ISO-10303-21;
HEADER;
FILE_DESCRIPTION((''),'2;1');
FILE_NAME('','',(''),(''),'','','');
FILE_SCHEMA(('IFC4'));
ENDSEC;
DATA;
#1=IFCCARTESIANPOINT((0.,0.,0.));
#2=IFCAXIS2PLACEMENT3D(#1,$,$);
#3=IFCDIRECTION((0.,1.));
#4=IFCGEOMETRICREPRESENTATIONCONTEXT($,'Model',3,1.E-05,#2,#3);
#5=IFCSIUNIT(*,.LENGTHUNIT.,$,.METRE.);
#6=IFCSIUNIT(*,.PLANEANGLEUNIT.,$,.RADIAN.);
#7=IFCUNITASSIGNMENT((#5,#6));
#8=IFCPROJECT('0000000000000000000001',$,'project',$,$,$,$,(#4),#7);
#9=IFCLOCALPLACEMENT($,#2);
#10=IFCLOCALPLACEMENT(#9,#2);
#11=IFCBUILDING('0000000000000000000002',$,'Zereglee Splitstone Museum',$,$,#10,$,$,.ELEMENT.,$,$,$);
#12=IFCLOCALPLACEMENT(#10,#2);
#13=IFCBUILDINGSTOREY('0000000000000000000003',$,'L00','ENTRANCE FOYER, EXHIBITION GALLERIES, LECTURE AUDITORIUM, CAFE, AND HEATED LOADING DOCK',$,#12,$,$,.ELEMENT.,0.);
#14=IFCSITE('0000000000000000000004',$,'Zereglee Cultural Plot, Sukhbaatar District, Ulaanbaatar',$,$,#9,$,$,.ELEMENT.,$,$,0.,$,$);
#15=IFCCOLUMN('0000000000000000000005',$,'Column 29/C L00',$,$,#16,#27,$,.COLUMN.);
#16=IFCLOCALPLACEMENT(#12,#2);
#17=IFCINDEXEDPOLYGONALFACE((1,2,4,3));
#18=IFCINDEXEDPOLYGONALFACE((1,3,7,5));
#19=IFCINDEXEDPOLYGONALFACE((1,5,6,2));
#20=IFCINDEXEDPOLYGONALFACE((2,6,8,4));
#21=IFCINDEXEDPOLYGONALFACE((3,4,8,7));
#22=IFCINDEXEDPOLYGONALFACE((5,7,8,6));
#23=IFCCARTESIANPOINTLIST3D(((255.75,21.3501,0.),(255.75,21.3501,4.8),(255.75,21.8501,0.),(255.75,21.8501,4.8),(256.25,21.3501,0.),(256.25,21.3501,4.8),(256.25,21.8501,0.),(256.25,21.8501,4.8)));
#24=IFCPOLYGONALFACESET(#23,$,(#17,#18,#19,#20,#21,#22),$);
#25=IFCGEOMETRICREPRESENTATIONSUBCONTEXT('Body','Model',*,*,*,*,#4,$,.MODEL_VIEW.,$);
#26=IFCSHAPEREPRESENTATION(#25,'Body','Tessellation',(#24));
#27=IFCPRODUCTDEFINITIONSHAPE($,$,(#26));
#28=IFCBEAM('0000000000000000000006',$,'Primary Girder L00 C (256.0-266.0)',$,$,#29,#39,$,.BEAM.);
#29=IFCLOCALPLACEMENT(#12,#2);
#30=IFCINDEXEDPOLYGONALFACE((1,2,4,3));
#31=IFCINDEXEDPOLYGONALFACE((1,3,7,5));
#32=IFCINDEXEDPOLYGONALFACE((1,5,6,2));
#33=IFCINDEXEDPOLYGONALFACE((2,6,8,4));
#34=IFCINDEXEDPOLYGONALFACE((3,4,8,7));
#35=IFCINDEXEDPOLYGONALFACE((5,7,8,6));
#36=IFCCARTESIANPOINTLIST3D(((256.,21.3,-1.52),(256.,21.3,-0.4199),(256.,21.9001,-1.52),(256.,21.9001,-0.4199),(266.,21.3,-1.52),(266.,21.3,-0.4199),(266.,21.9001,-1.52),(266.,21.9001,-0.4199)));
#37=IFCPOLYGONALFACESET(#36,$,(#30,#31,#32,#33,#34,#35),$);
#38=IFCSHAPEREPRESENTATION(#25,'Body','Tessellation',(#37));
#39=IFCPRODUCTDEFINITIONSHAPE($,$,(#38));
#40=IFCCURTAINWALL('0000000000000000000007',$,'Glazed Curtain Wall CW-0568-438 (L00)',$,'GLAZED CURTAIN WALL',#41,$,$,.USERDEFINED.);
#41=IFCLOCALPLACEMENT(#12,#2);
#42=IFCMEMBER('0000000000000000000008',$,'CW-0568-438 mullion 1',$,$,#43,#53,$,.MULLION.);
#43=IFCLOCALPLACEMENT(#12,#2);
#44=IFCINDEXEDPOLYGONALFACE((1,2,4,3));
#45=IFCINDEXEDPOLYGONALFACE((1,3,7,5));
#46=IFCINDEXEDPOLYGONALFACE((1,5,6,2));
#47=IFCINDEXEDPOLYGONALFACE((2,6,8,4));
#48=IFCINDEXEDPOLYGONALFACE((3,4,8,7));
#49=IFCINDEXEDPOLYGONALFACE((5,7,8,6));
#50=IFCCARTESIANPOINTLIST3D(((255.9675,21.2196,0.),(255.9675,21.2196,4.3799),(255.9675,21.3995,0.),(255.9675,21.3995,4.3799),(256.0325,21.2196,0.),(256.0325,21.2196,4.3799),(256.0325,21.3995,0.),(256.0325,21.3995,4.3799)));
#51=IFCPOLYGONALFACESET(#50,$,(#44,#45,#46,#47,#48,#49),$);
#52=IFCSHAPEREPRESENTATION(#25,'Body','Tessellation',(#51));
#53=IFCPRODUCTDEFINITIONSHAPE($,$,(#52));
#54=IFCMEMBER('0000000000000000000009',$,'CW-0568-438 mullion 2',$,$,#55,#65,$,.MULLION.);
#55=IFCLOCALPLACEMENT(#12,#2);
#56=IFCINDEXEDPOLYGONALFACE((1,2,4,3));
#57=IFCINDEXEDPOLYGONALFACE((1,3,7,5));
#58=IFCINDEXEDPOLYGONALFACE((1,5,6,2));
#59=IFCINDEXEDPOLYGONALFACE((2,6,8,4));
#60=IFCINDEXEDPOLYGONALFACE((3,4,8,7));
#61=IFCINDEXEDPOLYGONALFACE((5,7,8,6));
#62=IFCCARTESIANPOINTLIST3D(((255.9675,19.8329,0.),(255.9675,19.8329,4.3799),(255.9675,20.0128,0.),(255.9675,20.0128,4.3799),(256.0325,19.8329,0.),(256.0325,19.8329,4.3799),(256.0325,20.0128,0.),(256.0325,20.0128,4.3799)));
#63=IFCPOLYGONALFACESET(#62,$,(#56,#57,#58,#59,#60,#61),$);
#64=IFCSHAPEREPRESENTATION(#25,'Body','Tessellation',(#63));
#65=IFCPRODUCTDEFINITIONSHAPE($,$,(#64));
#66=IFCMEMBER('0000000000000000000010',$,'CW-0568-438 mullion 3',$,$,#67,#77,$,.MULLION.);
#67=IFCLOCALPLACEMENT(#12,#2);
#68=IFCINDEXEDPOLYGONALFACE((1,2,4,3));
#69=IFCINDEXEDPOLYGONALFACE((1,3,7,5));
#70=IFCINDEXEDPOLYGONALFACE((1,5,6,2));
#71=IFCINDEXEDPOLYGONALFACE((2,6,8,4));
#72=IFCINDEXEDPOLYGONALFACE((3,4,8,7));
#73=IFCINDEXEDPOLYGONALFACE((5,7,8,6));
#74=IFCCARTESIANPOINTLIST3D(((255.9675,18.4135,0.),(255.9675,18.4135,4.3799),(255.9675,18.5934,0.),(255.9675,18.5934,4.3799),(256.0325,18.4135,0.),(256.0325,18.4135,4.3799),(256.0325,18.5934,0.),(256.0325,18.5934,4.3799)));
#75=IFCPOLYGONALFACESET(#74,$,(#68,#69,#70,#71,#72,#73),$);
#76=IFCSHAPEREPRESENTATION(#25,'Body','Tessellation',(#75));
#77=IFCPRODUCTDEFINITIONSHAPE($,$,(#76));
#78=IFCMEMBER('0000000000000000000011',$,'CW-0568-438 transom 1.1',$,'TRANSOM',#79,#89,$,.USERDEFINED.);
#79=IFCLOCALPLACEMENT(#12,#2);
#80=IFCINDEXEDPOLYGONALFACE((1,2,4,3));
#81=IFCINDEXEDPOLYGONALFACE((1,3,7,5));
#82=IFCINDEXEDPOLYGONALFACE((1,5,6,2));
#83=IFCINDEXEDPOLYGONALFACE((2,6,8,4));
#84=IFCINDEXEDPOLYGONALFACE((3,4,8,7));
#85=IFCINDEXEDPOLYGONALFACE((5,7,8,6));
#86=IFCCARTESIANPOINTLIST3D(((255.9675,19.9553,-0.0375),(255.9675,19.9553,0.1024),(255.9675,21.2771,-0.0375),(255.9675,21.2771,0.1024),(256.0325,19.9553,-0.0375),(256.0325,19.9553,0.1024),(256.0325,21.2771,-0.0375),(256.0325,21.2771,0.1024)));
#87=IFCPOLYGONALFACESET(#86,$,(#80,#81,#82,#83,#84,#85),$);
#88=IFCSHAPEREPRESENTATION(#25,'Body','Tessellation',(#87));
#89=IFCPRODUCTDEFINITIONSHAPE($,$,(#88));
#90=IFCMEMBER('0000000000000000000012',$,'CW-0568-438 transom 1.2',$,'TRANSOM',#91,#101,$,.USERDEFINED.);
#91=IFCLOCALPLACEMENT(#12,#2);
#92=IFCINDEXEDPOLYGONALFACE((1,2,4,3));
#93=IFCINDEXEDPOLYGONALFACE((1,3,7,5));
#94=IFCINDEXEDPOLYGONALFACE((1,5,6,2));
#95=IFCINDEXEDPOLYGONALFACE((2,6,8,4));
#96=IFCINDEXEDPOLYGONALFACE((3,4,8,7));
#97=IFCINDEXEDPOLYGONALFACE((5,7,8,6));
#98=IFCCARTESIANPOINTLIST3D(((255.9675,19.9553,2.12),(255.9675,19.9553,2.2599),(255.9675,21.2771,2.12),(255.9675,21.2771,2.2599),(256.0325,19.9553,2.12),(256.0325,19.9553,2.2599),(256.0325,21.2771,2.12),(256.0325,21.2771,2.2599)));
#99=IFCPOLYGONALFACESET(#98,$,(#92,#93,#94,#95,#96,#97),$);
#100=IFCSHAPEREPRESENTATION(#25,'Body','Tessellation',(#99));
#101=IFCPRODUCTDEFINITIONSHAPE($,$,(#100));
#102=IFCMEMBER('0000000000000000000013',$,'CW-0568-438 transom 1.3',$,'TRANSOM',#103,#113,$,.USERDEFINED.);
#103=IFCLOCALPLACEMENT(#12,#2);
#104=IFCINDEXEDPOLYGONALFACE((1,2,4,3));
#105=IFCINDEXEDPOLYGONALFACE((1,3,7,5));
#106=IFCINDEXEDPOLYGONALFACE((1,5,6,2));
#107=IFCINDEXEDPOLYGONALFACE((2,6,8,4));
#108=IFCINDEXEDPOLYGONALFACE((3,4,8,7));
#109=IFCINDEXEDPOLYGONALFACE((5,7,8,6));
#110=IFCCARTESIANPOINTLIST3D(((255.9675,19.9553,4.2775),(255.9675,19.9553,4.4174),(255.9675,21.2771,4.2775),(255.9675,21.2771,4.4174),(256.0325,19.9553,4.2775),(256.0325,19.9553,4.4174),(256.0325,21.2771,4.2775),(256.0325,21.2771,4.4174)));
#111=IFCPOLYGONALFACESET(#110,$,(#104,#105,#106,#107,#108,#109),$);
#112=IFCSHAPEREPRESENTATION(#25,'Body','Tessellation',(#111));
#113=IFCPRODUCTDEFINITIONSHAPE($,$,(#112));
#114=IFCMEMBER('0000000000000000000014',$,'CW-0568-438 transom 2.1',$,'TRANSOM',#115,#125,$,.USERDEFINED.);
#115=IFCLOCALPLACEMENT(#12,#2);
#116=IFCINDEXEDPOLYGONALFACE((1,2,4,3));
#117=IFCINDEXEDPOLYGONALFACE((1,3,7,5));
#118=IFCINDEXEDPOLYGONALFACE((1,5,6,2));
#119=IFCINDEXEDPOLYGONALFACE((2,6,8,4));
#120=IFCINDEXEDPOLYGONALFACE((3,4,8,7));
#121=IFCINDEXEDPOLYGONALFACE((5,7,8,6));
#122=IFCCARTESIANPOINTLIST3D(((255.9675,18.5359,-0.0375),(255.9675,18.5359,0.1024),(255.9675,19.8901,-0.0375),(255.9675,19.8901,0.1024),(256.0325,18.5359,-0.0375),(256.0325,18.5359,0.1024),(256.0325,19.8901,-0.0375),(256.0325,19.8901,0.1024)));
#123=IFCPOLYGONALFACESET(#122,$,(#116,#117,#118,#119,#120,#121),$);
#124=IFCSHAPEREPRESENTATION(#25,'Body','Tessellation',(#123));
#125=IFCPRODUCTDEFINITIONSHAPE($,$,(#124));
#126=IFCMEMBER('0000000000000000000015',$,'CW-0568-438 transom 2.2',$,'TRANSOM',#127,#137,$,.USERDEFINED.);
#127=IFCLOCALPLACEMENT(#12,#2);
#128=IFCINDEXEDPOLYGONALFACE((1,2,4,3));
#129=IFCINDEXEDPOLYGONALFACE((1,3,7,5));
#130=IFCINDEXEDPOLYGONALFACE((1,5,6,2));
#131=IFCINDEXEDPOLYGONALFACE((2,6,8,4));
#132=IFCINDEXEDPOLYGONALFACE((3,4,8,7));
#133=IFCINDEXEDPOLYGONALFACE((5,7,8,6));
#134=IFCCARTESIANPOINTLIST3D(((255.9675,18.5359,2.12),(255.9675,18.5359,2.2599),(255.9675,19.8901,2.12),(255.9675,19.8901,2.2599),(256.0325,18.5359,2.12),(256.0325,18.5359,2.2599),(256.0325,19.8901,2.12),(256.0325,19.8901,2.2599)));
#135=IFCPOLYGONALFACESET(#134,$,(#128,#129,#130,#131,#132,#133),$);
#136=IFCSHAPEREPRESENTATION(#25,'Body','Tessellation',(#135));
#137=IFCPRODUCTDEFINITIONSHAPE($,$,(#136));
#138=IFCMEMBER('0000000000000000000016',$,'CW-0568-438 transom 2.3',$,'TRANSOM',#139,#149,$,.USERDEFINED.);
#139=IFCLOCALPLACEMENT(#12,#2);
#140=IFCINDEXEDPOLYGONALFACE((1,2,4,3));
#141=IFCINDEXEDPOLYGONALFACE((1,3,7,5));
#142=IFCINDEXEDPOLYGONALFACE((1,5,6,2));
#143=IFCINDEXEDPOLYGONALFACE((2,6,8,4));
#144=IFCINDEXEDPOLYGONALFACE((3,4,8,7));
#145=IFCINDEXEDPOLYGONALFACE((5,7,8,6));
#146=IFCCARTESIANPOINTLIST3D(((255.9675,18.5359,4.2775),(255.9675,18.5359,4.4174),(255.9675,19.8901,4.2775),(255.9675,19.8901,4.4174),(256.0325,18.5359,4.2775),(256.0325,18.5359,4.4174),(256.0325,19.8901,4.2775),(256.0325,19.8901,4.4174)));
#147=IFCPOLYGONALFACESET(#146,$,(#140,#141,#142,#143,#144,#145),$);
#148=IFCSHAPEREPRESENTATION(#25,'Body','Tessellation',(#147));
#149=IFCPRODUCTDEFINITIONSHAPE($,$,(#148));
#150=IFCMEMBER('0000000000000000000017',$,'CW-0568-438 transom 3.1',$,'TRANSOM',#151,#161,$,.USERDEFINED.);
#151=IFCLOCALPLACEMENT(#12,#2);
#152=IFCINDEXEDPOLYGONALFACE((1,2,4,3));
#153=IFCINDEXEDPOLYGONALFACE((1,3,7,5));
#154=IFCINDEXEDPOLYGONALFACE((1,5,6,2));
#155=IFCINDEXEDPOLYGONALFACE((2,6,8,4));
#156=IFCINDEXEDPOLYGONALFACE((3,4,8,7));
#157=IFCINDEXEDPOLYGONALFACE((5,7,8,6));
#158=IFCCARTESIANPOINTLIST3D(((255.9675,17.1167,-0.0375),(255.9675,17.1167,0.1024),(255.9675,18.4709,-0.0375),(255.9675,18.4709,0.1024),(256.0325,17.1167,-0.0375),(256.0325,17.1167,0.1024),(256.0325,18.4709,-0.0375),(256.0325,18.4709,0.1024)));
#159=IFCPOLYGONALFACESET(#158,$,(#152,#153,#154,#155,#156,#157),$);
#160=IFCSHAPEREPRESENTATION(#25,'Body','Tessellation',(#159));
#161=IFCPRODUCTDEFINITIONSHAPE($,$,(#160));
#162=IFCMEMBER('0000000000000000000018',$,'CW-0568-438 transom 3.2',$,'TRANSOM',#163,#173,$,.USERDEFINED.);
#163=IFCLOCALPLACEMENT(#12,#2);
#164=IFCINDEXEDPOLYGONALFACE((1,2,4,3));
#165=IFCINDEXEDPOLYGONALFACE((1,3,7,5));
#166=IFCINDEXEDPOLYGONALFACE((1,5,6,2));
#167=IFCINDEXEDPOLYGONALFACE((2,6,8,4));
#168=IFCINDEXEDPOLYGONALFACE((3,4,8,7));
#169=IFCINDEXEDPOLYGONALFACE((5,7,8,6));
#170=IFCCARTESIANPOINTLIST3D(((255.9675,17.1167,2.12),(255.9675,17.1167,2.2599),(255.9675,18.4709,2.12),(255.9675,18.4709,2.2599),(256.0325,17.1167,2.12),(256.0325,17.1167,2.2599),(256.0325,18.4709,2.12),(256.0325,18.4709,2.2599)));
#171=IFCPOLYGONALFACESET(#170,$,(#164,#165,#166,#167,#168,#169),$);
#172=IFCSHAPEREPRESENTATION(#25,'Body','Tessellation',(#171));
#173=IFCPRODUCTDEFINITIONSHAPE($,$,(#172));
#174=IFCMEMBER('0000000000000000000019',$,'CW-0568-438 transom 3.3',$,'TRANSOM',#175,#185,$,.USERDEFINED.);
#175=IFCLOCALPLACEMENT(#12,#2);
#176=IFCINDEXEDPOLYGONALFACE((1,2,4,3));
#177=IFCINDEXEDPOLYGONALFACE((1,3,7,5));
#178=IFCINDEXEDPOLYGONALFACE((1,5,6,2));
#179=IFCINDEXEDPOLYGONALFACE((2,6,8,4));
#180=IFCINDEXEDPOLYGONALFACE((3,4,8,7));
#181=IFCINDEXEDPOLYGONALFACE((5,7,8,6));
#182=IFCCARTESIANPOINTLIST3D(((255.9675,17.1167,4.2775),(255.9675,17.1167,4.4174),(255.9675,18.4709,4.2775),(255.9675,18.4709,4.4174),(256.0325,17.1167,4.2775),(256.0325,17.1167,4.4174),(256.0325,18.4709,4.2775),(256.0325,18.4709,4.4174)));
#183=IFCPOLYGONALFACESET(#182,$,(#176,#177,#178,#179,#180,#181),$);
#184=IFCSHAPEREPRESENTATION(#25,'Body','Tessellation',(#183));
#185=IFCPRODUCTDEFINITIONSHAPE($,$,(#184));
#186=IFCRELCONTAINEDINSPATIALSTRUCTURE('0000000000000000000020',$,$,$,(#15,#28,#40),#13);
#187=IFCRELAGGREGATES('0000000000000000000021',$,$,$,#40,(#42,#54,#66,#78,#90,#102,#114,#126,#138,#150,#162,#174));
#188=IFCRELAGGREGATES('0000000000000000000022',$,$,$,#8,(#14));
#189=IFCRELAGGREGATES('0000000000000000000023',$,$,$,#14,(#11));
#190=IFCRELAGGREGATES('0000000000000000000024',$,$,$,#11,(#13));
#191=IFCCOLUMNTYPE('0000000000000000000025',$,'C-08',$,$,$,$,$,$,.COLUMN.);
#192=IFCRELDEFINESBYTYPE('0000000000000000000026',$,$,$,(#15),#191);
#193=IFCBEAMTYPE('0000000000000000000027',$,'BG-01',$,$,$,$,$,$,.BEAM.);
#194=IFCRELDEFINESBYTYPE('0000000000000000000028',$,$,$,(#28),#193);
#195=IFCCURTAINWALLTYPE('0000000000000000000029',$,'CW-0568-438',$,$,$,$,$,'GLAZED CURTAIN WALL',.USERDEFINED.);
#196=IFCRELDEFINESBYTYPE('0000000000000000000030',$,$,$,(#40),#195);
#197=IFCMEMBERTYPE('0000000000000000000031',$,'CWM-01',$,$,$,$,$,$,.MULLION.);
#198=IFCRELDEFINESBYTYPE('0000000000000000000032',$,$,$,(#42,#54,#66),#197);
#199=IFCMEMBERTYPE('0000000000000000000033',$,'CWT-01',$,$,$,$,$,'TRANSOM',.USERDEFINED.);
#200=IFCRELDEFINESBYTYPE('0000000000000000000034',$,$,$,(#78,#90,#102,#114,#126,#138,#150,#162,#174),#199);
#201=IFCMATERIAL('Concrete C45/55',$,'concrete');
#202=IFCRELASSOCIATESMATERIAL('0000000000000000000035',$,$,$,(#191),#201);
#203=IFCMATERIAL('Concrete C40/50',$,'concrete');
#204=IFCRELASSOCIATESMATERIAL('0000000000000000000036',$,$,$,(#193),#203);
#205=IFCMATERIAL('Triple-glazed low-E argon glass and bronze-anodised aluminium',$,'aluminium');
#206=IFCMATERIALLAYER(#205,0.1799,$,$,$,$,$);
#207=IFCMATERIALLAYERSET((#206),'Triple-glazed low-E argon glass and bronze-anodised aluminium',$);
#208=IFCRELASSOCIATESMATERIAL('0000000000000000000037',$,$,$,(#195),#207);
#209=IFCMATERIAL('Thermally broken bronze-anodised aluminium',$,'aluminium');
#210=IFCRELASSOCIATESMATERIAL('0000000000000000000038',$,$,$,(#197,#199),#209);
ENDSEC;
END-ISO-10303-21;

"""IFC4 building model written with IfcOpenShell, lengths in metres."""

from ifc_helpers import new_model, si_unit, direction, frame, origin, origin_2d, place, context, subcontext, project, spatial, rectangle, extrude, material, layer, layer_set, material_profile, profile_set, type_object, element, aggregate, save


model = new_model("IFC4")

# Units and contexts
model_context = context("Model", 3, precision=1e-05, world=origin(), true_north=direction((0.0, 1.0)))
body_context = subcontext(model_context, "Body", "Model", "MODEL_VIEW")
ifc_project = project(units=[si_unit("LENGTHUNIT", "METRE"), si_unit("PLANEANGLEUNIT", "RADIAN")], contexts=[model_context])

# Site, building, storey
site_placement = place(None, origin())
site = spatial("IfcSite", under=ifc_project, at=site_placement, Name="Zereglee Cultural Plot, Sukhbaatar District, Ulaanbaatar", CompositionType="ELEMENT", RefElevation=0.0)
building_placement = place(site_placement, origin())
building = spatial("IfcBuilding", under=site, at=building_placement, Name="Zereglee Splitstone Museum", CompositionType="ELEMENT")
storey_placement = place(building_placement, origin())
storey = spatial("IfcBuildingStorey", under=building, at=storey_placement, Name="L00", Description="ENTRANCE FOYER, EXHIBITION GALLERIES, LECTURE AUDITORIUM, CAFE, AND HEATED LOADING DOCK", CompositionType="ELEMENT", Elevation=0.0)

# Column
ifc_material_1 = material(Name="Concrete C45/55", Category="concrete")
ifc_material_profile_1 = material_profile(ifc_material_1, rectangle(XDim=0.5, YDim=0.5, at=origin_2d()), Name="RC 500x500")
ifc_profile_set_1 = profile_set([ifc_material_profile_1], Name="Concrete C45/55")
column_type = type_object("IfcColumnType", Name="C-08", PredefinedType="COLUMN", material=ifc_profile_set_1)
column_placement = place(storey_placement, frame((256.0, 21.6001, 0.0), z_axis=(0.0, 0.0, 1.0), x_axis=(1.0, 0.0, 0.0)))
element("IfcColumn", 1, at=column_placement, inside=storey, type_object=column_type, Name="Column 29/C L00", PredefinedType="COLUMN", context=body_context, shape_type="SweptSolid", body=[
    extrude(rectangle(XDim=0.5, YDim=0.5, at=origin_2d()), origin(), (0.0, 0.0, 1.0), 4.8),
])

# Beam
ifc_material_2 = material(Name="Concrete C40/50", Category="concrete")
ifc_material_profile_2 = material_profile(ifc_material_2, rectangle(XDim=0.6001, YDim=1.1001, at=origin_2d()), Name="RC 600x1100")
ifc_profile_set_2 = profile_set([ifc_material_profile_2], Name="Concrete C40/50")
beam_type_1 = type_object("IfcBeamType", Name="BG-01", PredefinedType="BEAM", material=ifc_profile_set_2)
beam_1_placement = place(storey_placement, frame((256.0, 21.6001, -0.97), z_axis=(1.0, 0.0, 0.0), x_axis=(0.0, 1.0, 0.0)))
element("IfcBeam", 2, at=beam_1_placement, inside=storey, type_object=beam_type_1, Name="Primary Girder L00 C (256.0-266.0)", PredefinedType="BEAM", context=body_context, shape_type="SweptSolid", body=[
    extrude(rectangle(XDim=0.6001, YDim=1.1001, at=origin_2d()), origin(), (0.0, 0.0, 1.0), 10.0),
])

# Curtain wall, members
ifc_material_3 = material(Name="Triple-glazed low-E argon glass and bronze-anodised aluminium", Category="aluminium")
ifc_layer_1 = layer(ifc_material_3, 0.1799)
ifc_layer_set_1 = layer_set([ifc_layer_1], Name="Triple-glazed low-E argon glass and bronze-anodised aluminium")
curtain_wall_type = type_object("IfcCurtainWallType", Name="CW-0568-438", ElementType="GLAZED CURTAIN WALL", PredefinedType="USERDEFINED", material=ifc_layer_set_1)
curtain_wall_placement = place(storey_placement, origin())
curtain_wall = element("IfcCurtainWall", 3, at=curtain_wall_placement, inside=storey, type_object=curtain_wall_type, Name="Glazed Curtain Wall CW-0568-438 (L00)", ObjectType="GLAZED CURTAIN WALL", PredefinedType="USERDEFINED")
ifc_material_4 = material(Name="Thermally broken bronze-anodised aluminium", Category="aluminium")
ifc_material_profile_3 = material_profile(ifc_material_4, rectangle(XDim=0.0649, YDim=0.1799, at=origin_2d()), Name="CW MULL 65x180")
ifc_profile_set_3 = profile_set([ifc_material_profile_3], Name="Thermally broken bronze-anodised aluminium")
member_type_1 = type_object("IfcMemberType", Name="CWM-01", PredefinedType="MULLION", material=ifc_profile_set_3)
member_1_placement = place(storey_placement, frame((256.0, 21.3096, 0.0), z_axis=(0.0, 0.0, 1.0), x_axis=(1.0, 0.0, 0.0)))
member_1 = element("IfcMember", 4, at=member_1_placement, type_object=member_type_1, Name="CW-0568-438 mullion 1", PredefinedType="MULLION", context=body_context, shape_type="SweptSolid", body=[
    extrude(rectangle(XDim=0.0649, YDim=0.1799, at=origin_2d()), origin(), (0.0, 0.0, 1.0), 4.3799),
])
member_2_placement = place(storey_placement, frame((256.0, 19.9229, 0.0), z_axis=(0.0, 0.0, 1.0), x_axis=(1.0, 0.0, 0.0)))
member_2 = element("IfcMember", 5, at=member_2_placement, type_object=member_type_1, Name="CW-0568-438 mullion 2", PredefinedType="MULLION", context=body_context, shape_type="SweptSolid", body=[
    extrude(rectangle(XDim=0.0649, YDim=0.1799, at=origin_2d()), origin(), (0.0, 0.0, 1.0), 4.3799),
])
member_3_placement = place(storey_placement, frame((256.0, 18.5034, 0.0), z_axis=(0.0, 0.0, 1.0), x_axis=(1.0, 0.0, 0.0)))
member_3 = element("IfcMember", 6, at=member_3_placement, type_object=member_type_1, Name="CW-0568-438 mullion 3", PredefinedType="MULLION", context=body_context, shape_type="SweptSolid", body=[
    extrude(rectangle(XDim=0.0649, YDim=0.1799, at=origin_2d()), origin(), (0.0, 0.0, 1.0), 4.3799),
])
ifc_material_profile_4 = material_profile(ifc_material_4, rectangle(XDim=0.0649, YDim=0.1399, at=origin_2d()), Name="CW TRAN 65x140")
ifc_profile_set_4 = profile_set([ifc_material_profile_4], Name="Thermally broken bronze-anodised aluminium")
member_type_2 = type_object("IfcMemberType", Name="CWT-01", ElementType="TRANSOM", PredefinedType="USERDEFINED", material=ifc_profile_set_4)
member_4_placement = place(storey_placement, frame((256.0, 21.2771, 0.0325), z_axis=(0.0, -1.0, 0.0), x_axis=(1.0, 0.0, 0.0)))
member_4 = element("IfcMember", 7, at=member_4_placement, type_object=member_type_2, Name="CW-0568-438 transom 1.1", ObjectType="TRANSOM", PredefinedType="USERDEFINED", context=body_context, shape_type="SweptSolid", body=[
    extrude(rectangle(XDim=0.0649, YDim=0.1399, at=origin_2d()), origin(), (0.0, 0.0, 1.0), 1.3218),
])
member_5_placement = place(storey_placement, frame((256.0, 21.2771, 2.1899), z_axis=(0.0, -1.0, 0.0), x_axis=(1.0, 0.0, 0.0)))
member_5 = element("IfcMember", 8, at=member_5_placement, type_object=member_type_2, Name="CW-0568-438 transom 1.2", ObjectType="TRANSOM", PredefinedType="USERDEFINED", context=body_context, shape_type="SweptSolid", body=[
    extrude(rectangle(XDim=0.0649, YDim=0.1399, at=origin_2d()), origin(), (0.0, 0.0, 1.0), 1.3218),
])
member_6_placement = place(storey_placement, frame((256.0, 21.2771, 4.3474), z_axis=(0.0, -1.0, 0.0), x_axis=(1.0, 0.0, 0.0)))
member_6 = element("IfcMember", 9, at=member_6_placement, type_object=member_type_2, Name="CW-0568-438 transom 1.3", ObjectType="TRANSOM", PredefinedType="USERDEFINED", context=body_context, shape_type="SweptSolid", body=[
    extrude(rectangle(XDim=0.0649, YDim=0.1399, at=origin_2d()), origin(), (0.0, 0.0, 1.0), 1.3218),
])
member_7_placement = place(storey_placement, frame((256.0, 19.8901, 0.0325), z_axis=(0.0, -1.0, 0.0), x_axis=(1.0, 0.0, 0.0)))
member_7 = element("IfcMember", 10, at=member_7_placement, type_object=member_type_2, Name="CW-0568-438 transom 2.1", ObjectType="TRANSOM", PredefinedType="USERDEFINED", context=body_context, shape_type="SweptSolid", body=[
    extrude(rectangle(XDim=0.0649, YDim=0.1399, at=origin_2d()), origin(), (0.0, 0.0, 1.0), 1.3542),
])
member_8_placement = place(storey_placement, frame((256.0, 19.8901, 2.1899), z_axis=(0.0, -1.0, 0.0), x_axis=(1.0, 0.0, 0.0)))
member_8 = element("IfcMember", 11, at=member_8_placement, type_object=member_type_2, Name="CW-0568-438 transom 2.2", ObjectType="TRANSOM", PredefinedType="USERDEFINED", context=body_context, shape_type="SweptSolid", body=[
    extrude(rectangle(XDim=0.0649, YDim=0.1399, at=origin_2d()), origin(), (0.0, 0.0, 1.0), 1.3542),
])
member_9_placement = place(storey_placement, frame((256.0, 19.8901, 4.3474), z_axis=(0.0, -1.0, 0.0), x_axis=(1.0, 0.0, 0.0)))
member_9 = element("IfcMember", 12, at=member_9_placement, type_object=member_type_2, Name="CW-0568-438 transom 2.3", ObjectType="TRANSOM", PredefinedType="USERDEFINED", context=body_context, shape_type="SweptSolid", body=[
    extrude(rectangle(XDim=0.0649, YDim=0.1399, at=origin_2d()), origin(), (0.0, 0.0, 1.0), 1.3542),
])
member_10_placement = place(storey_placement, frame((256.0, 18.4709, 0.0325), z_axis=(0.0, -1.0, 0.0), x_axis=(1.0, 0.0, 0.0)))
member_10 = element("IfcMember", 13, at=member_10_placement, type_object=member_type_2, Name="CW-0568-438 transom 3.1", ObjectType="TRANSOM", PredefinedType="USERDEFINED", context=body_context, shape_type="SweptSolid", body=[
    extrude(rectangle(XDim=0.0649, YDim=0.1399, at=origin_2d()), origin(), (0.0, 0.0, 1.0), 1.3542),
])
member_11_placement = place(storey_placement, frame((256.0, 18.4709, 2.1899), z_axis=(0.0, -1.0, 0.0), x_axis=(1.0, 0.0, 0.0)))
member_11 = element("IfcMember", 14, at=member_11_placement, type_object=member_type_2, Name="CW-0568-438 transom 3.2", ObjectType="TRANSOM", PredefinedType="USERDEFINED", context=body_context, shape_type="SweptSolid", body=[
    extrude(rectangle(XDim=0.0649, YDim=0.1399, at=origin_2d()), origin(), (0.0, 0.0, 1.0), 1.3542),
])
member_12_placement = place(storey_placement, frame((256.0, 18.4709, 4.3474), z_axis=(0.0, -1.0, 0.0), x_axis=(1.0, 0.0, 0.0)))
member_12 = element("IfcMember", 15, at=member_12_placement, type_object=member_type_2, Name="CW-0568-438 transom 3.3", ObjectType="TRANSOM", PredefinedType="USERDEFINED", context=body_context, shape_type="SweptSolid", body=[
    extrude(rectangle(XDim=0.0649, YDim=0.1399, at=origin_2d()), origin(), (0.0, 0.0, 1.0), 1.3542),
])

aggregate(curtain_wall, [member_1, member_2, member_3, member_4, member_5, member_6, member_7, member_8, member_9, member_10, member_11, member_12])

save(model, "model.ifc")
